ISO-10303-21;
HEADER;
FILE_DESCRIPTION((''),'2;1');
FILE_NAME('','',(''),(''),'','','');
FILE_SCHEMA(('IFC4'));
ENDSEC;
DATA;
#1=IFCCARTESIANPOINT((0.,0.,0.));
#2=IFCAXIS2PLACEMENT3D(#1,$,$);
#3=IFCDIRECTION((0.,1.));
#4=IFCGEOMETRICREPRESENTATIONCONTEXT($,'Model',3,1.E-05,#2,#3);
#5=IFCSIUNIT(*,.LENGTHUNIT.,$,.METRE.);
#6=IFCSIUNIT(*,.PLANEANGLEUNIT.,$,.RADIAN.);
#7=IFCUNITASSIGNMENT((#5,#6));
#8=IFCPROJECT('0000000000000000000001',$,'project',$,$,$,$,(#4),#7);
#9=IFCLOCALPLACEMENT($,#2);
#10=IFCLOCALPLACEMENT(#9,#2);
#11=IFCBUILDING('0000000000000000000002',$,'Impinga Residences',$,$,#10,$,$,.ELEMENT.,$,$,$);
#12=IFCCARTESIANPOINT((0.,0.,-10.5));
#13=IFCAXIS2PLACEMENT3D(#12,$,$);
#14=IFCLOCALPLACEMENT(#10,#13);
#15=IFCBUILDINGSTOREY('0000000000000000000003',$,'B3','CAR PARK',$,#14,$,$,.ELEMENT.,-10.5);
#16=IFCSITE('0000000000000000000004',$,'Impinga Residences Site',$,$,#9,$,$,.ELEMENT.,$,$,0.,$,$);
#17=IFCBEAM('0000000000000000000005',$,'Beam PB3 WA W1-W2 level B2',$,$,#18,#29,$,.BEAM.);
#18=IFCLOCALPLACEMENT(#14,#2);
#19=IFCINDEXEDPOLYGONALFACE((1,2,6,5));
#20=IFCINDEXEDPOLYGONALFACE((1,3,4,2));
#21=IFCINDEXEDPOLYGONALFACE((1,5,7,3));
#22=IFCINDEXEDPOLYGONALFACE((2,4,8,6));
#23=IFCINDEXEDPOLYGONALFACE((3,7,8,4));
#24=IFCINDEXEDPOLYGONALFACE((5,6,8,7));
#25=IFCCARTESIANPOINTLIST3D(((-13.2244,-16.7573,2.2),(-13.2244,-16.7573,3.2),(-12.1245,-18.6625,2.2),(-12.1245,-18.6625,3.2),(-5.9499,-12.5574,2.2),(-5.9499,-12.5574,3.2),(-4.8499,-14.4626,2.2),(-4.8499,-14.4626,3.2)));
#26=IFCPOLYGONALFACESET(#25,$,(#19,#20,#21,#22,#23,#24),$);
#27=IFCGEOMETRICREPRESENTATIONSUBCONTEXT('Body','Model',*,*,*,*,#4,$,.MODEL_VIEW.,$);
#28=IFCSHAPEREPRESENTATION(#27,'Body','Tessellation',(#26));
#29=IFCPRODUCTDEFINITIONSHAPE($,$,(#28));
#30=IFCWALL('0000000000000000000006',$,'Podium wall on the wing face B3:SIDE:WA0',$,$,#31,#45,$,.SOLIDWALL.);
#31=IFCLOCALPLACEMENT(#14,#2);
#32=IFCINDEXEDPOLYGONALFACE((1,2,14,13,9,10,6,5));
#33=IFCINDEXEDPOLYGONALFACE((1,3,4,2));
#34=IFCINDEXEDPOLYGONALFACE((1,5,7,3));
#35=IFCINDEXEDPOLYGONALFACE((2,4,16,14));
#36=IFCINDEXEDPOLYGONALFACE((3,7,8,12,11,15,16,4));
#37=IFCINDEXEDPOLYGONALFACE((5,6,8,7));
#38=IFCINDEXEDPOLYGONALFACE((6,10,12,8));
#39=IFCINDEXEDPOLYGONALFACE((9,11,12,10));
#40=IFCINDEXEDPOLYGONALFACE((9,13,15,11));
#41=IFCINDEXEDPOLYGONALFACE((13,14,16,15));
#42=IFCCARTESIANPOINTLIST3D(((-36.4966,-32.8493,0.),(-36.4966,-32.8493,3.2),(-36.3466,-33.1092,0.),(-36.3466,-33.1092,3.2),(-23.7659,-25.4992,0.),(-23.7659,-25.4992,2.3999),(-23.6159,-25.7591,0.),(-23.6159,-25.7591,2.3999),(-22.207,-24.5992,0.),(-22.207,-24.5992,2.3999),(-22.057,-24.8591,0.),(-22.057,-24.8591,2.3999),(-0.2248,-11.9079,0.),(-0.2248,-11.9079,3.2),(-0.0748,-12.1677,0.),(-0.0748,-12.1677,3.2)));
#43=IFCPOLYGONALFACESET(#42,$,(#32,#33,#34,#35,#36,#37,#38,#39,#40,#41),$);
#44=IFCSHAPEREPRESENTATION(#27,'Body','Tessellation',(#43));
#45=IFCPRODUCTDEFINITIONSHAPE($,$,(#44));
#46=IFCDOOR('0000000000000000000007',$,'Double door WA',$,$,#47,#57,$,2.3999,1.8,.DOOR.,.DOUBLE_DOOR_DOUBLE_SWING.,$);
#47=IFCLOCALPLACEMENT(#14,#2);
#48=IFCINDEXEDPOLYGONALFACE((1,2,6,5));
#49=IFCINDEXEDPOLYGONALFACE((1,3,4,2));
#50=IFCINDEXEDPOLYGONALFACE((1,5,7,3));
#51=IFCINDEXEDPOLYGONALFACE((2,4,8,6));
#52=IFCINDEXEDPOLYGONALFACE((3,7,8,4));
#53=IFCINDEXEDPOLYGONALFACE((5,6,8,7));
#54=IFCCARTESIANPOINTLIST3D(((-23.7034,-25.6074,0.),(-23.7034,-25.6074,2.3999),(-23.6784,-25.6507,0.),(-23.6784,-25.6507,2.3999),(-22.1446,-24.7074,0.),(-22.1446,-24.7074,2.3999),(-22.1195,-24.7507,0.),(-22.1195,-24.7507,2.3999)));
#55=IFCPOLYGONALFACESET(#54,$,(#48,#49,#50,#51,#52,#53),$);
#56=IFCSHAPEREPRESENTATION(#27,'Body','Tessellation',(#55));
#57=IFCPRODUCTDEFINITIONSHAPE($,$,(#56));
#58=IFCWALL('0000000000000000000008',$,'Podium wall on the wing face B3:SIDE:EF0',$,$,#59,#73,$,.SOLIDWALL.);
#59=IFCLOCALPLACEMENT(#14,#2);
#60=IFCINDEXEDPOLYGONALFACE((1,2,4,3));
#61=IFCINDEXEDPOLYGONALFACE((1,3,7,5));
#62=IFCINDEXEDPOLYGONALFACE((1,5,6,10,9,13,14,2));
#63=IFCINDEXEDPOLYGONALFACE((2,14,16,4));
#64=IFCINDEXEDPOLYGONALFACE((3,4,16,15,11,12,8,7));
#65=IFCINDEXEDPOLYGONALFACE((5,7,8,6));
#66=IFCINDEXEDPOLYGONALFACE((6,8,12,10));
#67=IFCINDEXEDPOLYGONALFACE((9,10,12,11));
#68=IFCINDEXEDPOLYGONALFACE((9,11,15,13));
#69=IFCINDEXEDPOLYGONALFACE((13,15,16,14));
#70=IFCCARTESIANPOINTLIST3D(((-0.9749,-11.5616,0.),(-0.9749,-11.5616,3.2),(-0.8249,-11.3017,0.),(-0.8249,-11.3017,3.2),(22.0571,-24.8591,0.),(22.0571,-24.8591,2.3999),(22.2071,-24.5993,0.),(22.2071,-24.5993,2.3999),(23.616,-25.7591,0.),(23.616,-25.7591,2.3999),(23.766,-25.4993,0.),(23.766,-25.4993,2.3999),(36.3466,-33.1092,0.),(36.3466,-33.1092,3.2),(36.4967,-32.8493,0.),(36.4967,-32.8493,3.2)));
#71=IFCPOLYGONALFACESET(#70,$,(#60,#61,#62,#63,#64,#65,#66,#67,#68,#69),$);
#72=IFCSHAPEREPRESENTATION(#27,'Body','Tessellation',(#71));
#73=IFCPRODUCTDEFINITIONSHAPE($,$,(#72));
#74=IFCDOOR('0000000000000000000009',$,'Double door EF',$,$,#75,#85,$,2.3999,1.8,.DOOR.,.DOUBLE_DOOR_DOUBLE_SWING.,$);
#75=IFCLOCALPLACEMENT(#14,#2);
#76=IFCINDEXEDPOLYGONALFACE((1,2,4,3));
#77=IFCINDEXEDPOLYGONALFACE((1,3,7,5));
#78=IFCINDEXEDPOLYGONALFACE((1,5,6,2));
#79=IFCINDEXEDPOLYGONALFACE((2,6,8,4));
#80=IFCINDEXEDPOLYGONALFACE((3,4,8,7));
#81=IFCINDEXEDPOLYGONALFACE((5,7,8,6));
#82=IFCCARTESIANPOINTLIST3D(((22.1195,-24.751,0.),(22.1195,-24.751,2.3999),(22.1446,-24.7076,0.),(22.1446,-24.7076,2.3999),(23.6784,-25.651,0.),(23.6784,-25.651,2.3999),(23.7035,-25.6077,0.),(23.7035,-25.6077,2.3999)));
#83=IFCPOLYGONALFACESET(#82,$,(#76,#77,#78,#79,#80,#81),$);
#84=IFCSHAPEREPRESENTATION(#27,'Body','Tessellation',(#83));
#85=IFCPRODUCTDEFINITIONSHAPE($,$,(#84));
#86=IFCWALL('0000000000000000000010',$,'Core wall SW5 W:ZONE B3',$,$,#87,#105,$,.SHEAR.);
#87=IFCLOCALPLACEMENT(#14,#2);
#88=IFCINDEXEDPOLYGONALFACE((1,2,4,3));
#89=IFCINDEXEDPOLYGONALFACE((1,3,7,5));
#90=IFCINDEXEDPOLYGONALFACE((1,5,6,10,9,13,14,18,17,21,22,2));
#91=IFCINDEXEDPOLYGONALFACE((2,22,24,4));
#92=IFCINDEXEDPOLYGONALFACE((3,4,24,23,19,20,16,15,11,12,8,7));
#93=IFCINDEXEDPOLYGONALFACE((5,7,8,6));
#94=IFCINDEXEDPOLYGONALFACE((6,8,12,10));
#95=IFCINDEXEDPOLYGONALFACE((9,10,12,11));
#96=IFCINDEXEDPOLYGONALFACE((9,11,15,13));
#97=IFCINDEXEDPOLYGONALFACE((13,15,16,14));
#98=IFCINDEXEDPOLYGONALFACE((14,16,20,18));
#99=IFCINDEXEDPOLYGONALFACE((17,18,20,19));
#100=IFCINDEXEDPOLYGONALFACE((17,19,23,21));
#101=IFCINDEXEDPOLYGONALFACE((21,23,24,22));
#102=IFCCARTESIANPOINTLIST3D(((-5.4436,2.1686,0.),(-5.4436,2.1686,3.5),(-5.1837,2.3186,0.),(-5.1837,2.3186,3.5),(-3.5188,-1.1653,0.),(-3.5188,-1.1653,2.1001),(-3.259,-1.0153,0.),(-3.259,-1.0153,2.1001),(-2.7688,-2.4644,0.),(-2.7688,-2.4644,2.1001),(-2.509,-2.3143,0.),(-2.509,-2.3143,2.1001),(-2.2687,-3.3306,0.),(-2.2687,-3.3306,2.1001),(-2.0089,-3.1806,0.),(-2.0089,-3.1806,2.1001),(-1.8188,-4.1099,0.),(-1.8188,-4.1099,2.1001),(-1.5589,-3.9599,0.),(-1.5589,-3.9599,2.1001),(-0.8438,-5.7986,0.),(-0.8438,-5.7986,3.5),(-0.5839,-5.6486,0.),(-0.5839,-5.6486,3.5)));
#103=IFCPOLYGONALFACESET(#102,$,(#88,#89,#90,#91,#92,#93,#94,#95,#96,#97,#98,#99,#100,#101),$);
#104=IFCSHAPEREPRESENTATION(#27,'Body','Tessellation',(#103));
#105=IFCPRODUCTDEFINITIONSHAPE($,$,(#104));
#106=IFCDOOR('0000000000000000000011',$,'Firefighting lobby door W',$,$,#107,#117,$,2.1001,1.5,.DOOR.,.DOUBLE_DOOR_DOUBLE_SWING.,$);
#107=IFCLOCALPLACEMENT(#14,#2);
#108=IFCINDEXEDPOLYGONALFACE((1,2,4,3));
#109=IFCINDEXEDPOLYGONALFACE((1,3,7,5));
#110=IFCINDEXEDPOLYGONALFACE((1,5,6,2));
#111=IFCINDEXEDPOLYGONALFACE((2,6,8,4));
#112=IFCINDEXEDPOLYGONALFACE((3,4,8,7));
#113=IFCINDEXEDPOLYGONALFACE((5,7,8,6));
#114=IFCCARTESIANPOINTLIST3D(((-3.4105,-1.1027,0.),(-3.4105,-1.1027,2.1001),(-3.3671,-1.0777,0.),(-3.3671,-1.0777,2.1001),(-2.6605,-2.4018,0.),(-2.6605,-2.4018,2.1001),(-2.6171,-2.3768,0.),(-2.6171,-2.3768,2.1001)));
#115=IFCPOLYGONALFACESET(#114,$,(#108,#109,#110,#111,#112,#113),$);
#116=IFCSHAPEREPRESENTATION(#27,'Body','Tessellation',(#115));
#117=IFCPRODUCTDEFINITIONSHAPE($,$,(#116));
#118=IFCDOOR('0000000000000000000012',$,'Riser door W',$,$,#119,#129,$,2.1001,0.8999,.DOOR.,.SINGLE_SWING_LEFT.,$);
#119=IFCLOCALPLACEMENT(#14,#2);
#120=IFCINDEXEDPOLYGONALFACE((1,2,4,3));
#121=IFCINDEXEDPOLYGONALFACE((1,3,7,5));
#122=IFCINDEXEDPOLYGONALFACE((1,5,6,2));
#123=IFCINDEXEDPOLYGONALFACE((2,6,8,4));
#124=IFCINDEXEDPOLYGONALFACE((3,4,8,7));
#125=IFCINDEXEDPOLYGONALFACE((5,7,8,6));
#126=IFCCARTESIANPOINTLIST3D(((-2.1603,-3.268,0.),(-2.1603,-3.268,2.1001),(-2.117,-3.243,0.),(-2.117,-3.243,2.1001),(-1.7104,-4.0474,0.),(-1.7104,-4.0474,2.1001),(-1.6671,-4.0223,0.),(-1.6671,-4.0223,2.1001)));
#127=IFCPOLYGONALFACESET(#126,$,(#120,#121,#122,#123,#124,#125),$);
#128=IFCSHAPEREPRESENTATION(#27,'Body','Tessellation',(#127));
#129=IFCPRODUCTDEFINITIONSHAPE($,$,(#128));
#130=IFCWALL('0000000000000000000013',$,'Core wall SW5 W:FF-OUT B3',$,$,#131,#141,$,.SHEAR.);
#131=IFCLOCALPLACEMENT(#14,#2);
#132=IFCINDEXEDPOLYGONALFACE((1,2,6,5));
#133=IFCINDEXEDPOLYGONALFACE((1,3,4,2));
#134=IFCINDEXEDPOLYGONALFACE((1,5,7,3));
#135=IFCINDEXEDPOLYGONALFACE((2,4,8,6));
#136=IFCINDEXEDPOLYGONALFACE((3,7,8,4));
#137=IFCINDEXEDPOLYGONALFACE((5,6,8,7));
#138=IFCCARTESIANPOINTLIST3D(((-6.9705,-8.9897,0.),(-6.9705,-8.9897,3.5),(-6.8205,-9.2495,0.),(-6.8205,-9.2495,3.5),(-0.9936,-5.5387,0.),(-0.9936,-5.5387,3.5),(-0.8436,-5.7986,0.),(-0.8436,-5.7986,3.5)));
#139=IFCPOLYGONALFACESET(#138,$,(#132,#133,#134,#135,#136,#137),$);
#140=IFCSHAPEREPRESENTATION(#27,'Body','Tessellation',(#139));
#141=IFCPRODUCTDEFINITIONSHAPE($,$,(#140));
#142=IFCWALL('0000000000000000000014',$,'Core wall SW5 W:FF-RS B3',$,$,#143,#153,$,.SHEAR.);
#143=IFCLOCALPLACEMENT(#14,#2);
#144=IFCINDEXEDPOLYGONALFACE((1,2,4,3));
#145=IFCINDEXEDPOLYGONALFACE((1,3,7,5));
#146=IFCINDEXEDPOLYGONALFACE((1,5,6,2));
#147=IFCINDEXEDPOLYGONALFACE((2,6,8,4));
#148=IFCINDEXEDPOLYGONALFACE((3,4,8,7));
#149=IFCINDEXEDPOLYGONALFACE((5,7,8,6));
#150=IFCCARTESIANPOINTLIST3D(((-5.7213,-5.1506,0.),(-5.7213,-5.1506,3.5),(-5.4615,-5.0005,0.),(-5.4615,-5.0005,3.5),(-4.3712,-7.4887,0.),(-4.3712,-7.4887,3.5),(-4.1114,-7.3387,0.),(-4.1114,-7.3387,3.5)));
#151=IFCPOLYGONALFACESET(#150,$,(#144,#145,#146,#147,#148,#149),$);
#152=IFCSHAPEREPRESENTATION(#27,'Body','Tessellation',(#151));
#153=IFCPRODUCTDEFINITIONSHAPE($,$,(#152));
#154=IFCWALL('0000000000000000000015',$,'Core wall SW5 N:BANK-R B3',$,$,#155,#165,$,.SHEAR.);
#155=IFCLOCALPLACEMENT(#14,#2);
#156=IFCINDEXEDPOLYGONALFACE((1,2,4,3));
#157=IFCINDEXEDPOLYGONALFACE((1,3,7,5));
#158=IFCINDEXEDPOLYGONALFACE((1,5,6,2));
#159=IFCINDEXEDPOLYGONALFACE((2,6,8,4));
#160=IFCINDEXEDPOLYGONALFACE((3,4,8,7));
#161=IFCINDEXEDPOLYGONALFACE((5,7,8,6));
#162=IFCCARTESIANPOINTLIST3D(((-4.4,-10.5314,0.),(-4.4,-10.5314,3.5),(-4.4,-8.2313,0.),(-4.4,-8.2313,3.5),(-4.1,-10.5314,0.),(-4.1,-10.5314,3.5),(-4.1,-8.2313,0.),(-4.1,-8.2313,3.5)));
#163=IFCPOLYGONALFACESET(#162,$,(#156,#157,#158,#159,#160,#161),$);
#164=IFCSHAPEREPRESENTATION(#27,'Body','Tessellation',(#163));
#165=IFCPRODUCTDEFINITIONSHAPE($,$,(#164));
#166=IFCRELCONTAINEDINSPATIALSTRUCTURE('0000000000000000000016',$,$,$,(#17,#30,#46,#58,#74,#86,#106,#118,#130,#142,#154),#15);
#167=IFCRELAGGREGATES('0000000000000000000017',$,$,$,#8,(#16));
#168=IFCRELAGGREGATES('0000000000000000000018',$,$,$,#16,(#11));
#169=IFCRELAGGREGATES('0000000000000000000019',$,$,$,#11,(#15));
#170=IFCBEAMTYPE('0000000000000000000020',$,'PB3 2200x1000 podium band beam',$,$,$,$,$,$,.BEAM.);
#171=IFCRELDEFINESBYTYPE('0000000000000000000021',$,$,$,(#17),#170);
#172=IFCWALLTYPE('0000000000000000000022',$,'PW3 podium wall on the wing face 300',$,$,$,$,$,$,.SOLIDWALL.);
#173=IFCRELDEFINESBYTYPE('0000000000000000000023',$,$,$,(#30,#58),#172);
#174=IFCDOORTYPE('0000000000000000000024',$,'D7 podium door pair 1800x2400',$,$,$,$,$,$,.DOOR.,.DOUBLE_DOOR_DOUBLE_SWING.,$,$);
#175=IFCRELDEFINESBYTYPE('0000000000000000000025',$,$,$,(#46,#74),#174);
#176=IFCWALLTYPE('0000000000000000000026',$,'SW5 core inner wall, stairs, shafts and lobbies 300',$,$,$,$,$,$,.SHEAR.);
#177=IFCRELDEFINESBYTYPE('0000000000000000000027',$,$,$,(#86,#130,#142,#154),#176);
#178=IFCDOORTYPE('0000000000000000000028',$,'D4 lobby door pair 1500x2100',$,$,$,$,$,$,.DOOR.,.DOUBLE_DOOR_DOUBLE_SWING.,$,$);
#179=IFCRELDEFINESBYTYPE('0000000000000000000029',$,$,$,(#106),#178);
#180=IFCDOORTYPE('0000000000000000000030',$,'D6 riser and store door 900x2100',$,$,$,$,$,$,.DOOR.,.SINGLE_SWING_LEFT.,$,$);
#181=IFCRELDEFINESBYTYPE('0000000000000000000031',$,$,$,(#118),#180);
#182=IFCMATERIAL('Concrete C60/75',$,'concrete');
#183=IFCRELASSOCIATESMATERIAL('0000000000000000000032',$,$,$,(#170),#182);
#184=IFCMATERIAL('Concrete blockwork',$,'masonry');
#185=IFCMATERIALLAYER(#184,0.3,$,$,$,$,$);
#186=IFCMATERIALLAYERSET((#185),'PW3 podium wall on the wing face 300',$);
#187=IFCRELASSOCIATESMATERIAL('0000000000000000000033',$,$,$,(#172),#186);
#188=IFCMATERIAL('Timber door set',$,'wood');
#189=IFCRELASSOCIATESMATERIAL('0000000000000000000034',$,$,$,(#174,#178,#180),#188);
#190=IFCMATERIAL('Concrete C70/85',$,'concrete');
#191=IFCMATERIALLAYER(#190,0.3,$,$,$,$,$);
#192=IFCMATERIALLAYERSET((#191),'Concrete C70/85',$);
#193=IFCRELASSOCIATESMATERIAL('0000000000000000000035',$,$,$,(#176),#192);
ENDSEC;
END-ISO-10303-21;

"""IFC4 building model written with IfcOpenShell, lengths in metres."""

from ifc_helpers import new_model, si_unit, direction, frame, frame_2d, origin, origin_2d, place, context, subcontext, project, spatial, rectangle, extrude, material, layer, layer_set, material_profile, profile_set, type_object, element, fill, save


model = new_model("IFC4")

# Units and contexts
model_context = context("Model", 3, precision=1e-05, world=origin(), true_north=direction((0.0, 1.0)))
body_context = subcontext(model_context, "Body", "Model", "MODEL_VIEW")
ifc_project = project(units=[si_unit("LENGTHUNIT", "METRE"), si_unit("PLANEANGLEUNIT", "RADIAN")], contexts=[model_context])

# Site, building, storey
site_placement = place(None, origin())
site = spatial("IfcSite", under=ifc_project, at=site_placement, Name="Impinga Residences Site", CompositionType="ELEMENT", RefElevation=0.0)
building_placement = place(site_placement, origin())
building = spatial("IfcBuilding", under=site, at=building_placement, Name="Impinga Residences", CompositionType="ELEMENT")
storey_placement = place(building_placement, frame((0.0, 0.0, -10.5)))
storey = spatial("IfcBuildingStorey", under=building, at=storey_placement, Name="B3", Description="CAR PARK", CompositionType="ELEMENT", Elevation=-10.5)

# Shared definitions
ifc_material_1 = material(Name="Concrete C70/85", Category="concrete")

# Beam
ifc_material_2 = material(Name="Concrete C60/75", Category="concrete")
ifc_material_profile_1 = material_profile(ifc_material_2, rectangle(XDim=2.2, YDim=1.0, at=origin_2d()), Name="RC 2200x1000")
ifc_profile_set_1 = profile_set([ifc_material_profile_1], Name="Concrete C60/75")
beam_type = type_object("IfcBeamType", Name="PB3 2200x1000 podium band beam", PredefinedType="BEAM", material=ifc_profile_set_1)
beam_placement = place(storey_placement, frame((-5.3999, -13.51, 2.7), z_axis=(-0.866029, -0.499993, 0.0), x_axis=(0.499993, -0.866029, 0.0)))
element("IfcBeam", 1, at=beam_placement, inside=storey, type_object=beam_type, Name="Beam PB3 WA W1-W2 level B2", PredefinedType="BEAM", context=body_context, shape_type="SweptSolid", body=[
    extrude(rectangle(XDim=2.2, YDim=1.0, at=origin_2d()), origin(), (0.0, 0.0, 1.0), 8.3999),
])

# Walls, openings, doors
ifc_material_3 = material(Name="Concrete blockwork", Category="masonry")
ifc_layer_1 = layer(ifc_material_3, 0.3)
ifc_layer_set_1 = layer_set([ifc_layer_1], Name="PW3 podium wall on the wing face 300")
wall_type_1 = type_object("IfcWallType", Name="PW3 podium wall on the wing face 300", PredefinedType="SOLIDWALL", material=ifc_layer_set_1)
wall_1_placement = place(storey_placement, frame((-0.1499, -12.0378, 0.0), z_axis=(0.0, 0.0, 1.0), x_axis=(-0.866026, -0.499998, 0.0)))
wall_1 = element("IfcWall", 2, at=wall_1_placement, inside=storey, type_object=wall_type_1, Name="Podium wall on the wing face B3:SIDE:WA0", PredefinedType="SOLIDWALL", context=body_context, shape_type="SweptSolid", body=[
    extrude(rectangle(XDim=41.8831, YDim=0.3, at=frame_2d((20.9414, 0.0))), origin(), (0.0, 0.0, 1.0), 3.2),
])
opening_1_placement = place(wall_1_placement, frame((25.3828, 0.0, 0.0)))
opening_1 = element("IfcOpeningElement", 3, at=opening_1_placement, cuts=wall_1, PredefinedType="OPENING", context=body_context, shape_type="SweptSolid", body=[
    extrude(rectangle(XDim=1.8, YDim=2.3999, at=frame_2d((0.8999, 1.2))), frame((0.0, 0.1599, 0.0), z_axis=(0.0, -1.0, 0.0), x_axis=(1.0, 0.0, 0.0)), (0.0, 0.0, 1.0), 0.3201),
])
ifc_material_4 = material(Name="Timber door set", Category="wood")
door_type_1 = type_object("IfcDoorType", Name="D7 podium door pair 1800x2400", OperationType="DOUBLE_DOOR_DOUBLE_SWING", PredefinedType="DOOR", material=ifc_material_4)
door_1_placement = place(opening_1_placement, origin())
door_1 = element("IfcDoor", 4, at=door_1_placement, inside=storey, type_object=door_type_1, Name="Double door WA", OperationType="DOUBLE_DOOR_DOUBLE_SWING", OverallHeight=2.3999, OverallWidth=1.8, PredefinedType="DOOR", context=body_context, shape_type="SweptSolid", body=[
    extrude(rectangle(XDim=1.8, YDim=2.3999, at=frame_2d((0.8999, 1.2))), frame((0.0, 0.0249, 0.0), z_axis=(0.0, -1.0, 0.0), x_axis=(1.0, 0.0, 0.0)), (0.0, 0.0, 1.0), 0.05),
])
fill(opening_1, door_1)
wall_2_placement = place(storey_placement, frame((-0.8999, -11.4316, 0.0), z_axis=(0.0, 0.0, 1.0), x_axis=(0.866025, -0.5, 0.0)))
wall_2 = element("IfcWall", 5, at=wall_2_placement, inside=storey, type_object=wall_type_1, Name="Podium wall on the wing face B3:SIDE:EF0", PredefinedType="SOLIDWALL", context=body_context, shape_type="SweptSolid", body=[
    extrude(rectangle(XDim=43.0952, YDim=0.3, at=frame_2d((21.5476, 0.0))), origin(), (0.0, 0.0, 1.0), 3.2),
])
opening_2_placement = place(wall_2_placement, frame((26.5952, 0.0, 0.0)))
opening_2 = element("IfcOpeningElement", 6, at=opening_2_placement, cuts=wall_2, PredefinedType="OPENING", context=body_context, shape_type="SweptSolid", body=[
    extrude(rectangle(XDim=1.8, YDim=2.3999, at=frame_2d((0.8999, 1.2))), frame((0.0, 0.1599, 0.0), z_axis=(0.0, -1.0, 0.0), x_axis=(1.0, 0.0, 0.0)), (0.0, 0.0, 1.0), 0.3201),
])
door_2_placement = place(opening_2_placement, origin())
door_2 = element("IfcDoor", 7, at=door_2_placement, inside=storey, type_object=door_type_1, Name="Double door EF", OperationType="DOUBLE_DOOR_DOUBLE_SWING", OverallHeight=2.3999, OverallWidth=1.8, PredefinedType="DOOR", context=body_context, shape_type="SweptSolid", body=[
    extrude(rectangle(XDim=1.8, YDim=2.3999, at=frame_2d((0.8999, 1.2))), frame((0.0, 0.0249, 0.0), z_axis=(0.0, -1.0, 0.0), x_axis=(1.0, 0.0, 0.0)), (0.0, 0.0, 1.0), 0.05),
])
fill(opening_2, door_2)

# Wall, openings, doors
ifc_layer_2 = layer(ifc_material_1, 0.3)
ifc_layer_set_2 = layer_set([ifc_layer_2], Name="Concrete C70/85")
wall_type_2 = type_object("IfcWallType", Name="SW5 core inner wall, stairs, shafts and lobbies 300", PredefinedType="SHEAR", material=ifc_layer_set_2)
wall_3_placement = place(storey_placement, frame((-0.7139, -5.7236, 0.0), z_axis=(0.0, 0.0, 1.0), x_axis=(-0.499995, 0.866028, 0.0)))
wall_3 = element("IfcWall", 8, at=wall_3_placement, inside=storey, type_object=wall_type_2, Name="Core wall SW5 W:ZONE B3", PredefinedType="SHEAR", context=body_context, shape_type="SweptSolid", body=[
    extrude(rectangle(XDim=9.1997, YDim=0.3, at=frame_2d((4.5999, 0.0))), origin(), (0.0, 0.0, 1.0), 3.5),
])
opening_3_placement = place(wall_3_placement, frame((3.8501, 0.0, 0.0)))
opening_3 = element("IfcOpeningElement", 9, at=opening_3_placement, cuts=wall_3, PredefinedType="OPENING", context=body_context, shape_type="SweptSolid", body=[
    extrude(rectangle(XDim=1.5, YDim=2.1001, at=frame_2d((0.75, 1.05))), frame((0.0, 0.1599, 0.0), z_axis=(0.0, -1.0, 0.0), x_axis=(1.0, 0.0, 0.0)), (0.0, 0.0, 1.0), 0.3201),
])
opening_4_placement = place(wall_3_placement, frame((1.95, 0.0, 0.0)))
opening_4 = element("IfcOpeningElement", 10, at=opening_4_placement, cuts=wall_3, PredefinedType="OPENING", context=body_context, shape_type="SweptSolid", body=[
    extrude(rectangle(XDim=0.8999, YDim=2.1001, at=frame_2d((0.45, 1.05))), frame((0.0, 0.1599, 0.0), z_axis=(0.0, -1.0, 0.0), x_axis=(1.0, 0.0, 0.0)), (0.0, 0.0, 1.0), 0.3201),
])
door_type_2 = type_object("IfcDoorType", Name="D4 lobby door pair 1500x2100", OperationType="DOUBLE_DOOR_DOUBLE_SWING", PredefinedType="DOOR", material=ifc_material_4)
door_3_placement = place(opening_3_placement, origin())
door_3 = element("IfcDoor", 11, at=door_3_placement, inside=storey, type_object=door_type_2, Name="Firefighting lobby door W", OperationType="DOUBLE_DOOR_DOUBLE_SWING", OverallHeight=2.1001, OverallWidth=1.5, PredefinedType="DOOR", context=body_context, shape_type="SweptSolid", body=[
    extrude(rectangle(XDim=1.5, YDim=2.1001, at=frame_2d((0.75, 1.05))), frame((0.0, 0.0249, 0.0), z_axis=(0.0, -1.0, 0.0), x_axis=(1.0, 0.0, 0.0)), (0.0, 0.0, 1.0), 0.05),
])
fill(opening_3, door_3)
door_type_3 = type_object("IfcDoorType", Name="D6 riser and store door 900x2100", OperationType="SINGLE_SWING_LEFT", PredefinedType="DOOR", material=ifc_material_4)
door_4_placement = place(opening_4_placement, origin())
door_4 = element("IfcDoor", 12, at=door_4_placement, inside=storey, type_object=door_type_3, Name="Riser door W", OperationType="SINGLE_SWING_LEFT", OverallHeight=2.1001, OverallWidth=0.8999, PredefinedType="DOOR", context=body_context, shape_type="SweptSolid", body=[
    extrude(rectangle(XDim=0.8999, YDim=2.1001, at=frame_2d((0.45, 1.05))), frame((0.0, 0.0249, 0.0), z_axis=(0.0, -1.0, 0.0), x_axis=(1.0, 0.0, 0.0)), (0.0, 0.0, 1.0), 0.05),
])
fill(opening_4, door_4)

# Walls
wall_4_placement = place(storey_placement, frame((-0.9187, -5.6687, 0.0), z_axis=(0.0, 0.0, 1.0), x_axis=(-0.866012, -0.500024, 0.0)))
element("IfcWall", 13, at=wall_4_placement, inside=storey, type_object=wall_type_2, Name="Core wall SW5 W:FF-OUT B3", PredefinedType="SHEAR", context=body_context, shape_type="SweptSolid", body=[
    extrude(rectangle(XDim=6.9016, YDim=0.3, at=frame_2d((3.4507, 0.0))), origin(), (0.0, 0.0, 1.0), 3.5),
])
wall_5_placement = place(storey_placement, frame((-4.2412, -7.4138, 0.0), z_axis=(0.0, 0.0, 1.0), x_axis=(-0.500049, 0.865997, 0.0)))
element("IfcWall", 14, at=wall_5_placement, inside=storey, type_object=wall_type_2, Name="Core wall SW5 W:FF-RS B3", PredefinedType="SHEAR", context=body_context, shape_type="SweptSolid", body=[
    extrude(rectangle(XDim=2.7, YDim=0.3, at=frame_2d((1.3501, 0.0))), origin(), (0.0, 0.0, 1.0), 3.5),
])
wall_6_placement = place(storey_placement, frame((-4.25, -8.2314, 0.0), z_axis=(0.0, 0.0, 1.0), x_axis=(0.0, -1.0, 0.0)))
element("IfcWall", 15, at=wall_6_placement, inside=storey, type_object=wall_type_2, Name="Core wall SW5 N:BANK-R B3", PredefinedType="SHEAR", context=body_context, shape_type="SweptSolid", body=[
    extrude(rectangle(XDim=2.3, YDim=0.3, at=frame_2d((1.1499, 0.0))), origin(), (0.0, 0.0, 1.0), 3.5),
])

save(model, "model.ifc")
